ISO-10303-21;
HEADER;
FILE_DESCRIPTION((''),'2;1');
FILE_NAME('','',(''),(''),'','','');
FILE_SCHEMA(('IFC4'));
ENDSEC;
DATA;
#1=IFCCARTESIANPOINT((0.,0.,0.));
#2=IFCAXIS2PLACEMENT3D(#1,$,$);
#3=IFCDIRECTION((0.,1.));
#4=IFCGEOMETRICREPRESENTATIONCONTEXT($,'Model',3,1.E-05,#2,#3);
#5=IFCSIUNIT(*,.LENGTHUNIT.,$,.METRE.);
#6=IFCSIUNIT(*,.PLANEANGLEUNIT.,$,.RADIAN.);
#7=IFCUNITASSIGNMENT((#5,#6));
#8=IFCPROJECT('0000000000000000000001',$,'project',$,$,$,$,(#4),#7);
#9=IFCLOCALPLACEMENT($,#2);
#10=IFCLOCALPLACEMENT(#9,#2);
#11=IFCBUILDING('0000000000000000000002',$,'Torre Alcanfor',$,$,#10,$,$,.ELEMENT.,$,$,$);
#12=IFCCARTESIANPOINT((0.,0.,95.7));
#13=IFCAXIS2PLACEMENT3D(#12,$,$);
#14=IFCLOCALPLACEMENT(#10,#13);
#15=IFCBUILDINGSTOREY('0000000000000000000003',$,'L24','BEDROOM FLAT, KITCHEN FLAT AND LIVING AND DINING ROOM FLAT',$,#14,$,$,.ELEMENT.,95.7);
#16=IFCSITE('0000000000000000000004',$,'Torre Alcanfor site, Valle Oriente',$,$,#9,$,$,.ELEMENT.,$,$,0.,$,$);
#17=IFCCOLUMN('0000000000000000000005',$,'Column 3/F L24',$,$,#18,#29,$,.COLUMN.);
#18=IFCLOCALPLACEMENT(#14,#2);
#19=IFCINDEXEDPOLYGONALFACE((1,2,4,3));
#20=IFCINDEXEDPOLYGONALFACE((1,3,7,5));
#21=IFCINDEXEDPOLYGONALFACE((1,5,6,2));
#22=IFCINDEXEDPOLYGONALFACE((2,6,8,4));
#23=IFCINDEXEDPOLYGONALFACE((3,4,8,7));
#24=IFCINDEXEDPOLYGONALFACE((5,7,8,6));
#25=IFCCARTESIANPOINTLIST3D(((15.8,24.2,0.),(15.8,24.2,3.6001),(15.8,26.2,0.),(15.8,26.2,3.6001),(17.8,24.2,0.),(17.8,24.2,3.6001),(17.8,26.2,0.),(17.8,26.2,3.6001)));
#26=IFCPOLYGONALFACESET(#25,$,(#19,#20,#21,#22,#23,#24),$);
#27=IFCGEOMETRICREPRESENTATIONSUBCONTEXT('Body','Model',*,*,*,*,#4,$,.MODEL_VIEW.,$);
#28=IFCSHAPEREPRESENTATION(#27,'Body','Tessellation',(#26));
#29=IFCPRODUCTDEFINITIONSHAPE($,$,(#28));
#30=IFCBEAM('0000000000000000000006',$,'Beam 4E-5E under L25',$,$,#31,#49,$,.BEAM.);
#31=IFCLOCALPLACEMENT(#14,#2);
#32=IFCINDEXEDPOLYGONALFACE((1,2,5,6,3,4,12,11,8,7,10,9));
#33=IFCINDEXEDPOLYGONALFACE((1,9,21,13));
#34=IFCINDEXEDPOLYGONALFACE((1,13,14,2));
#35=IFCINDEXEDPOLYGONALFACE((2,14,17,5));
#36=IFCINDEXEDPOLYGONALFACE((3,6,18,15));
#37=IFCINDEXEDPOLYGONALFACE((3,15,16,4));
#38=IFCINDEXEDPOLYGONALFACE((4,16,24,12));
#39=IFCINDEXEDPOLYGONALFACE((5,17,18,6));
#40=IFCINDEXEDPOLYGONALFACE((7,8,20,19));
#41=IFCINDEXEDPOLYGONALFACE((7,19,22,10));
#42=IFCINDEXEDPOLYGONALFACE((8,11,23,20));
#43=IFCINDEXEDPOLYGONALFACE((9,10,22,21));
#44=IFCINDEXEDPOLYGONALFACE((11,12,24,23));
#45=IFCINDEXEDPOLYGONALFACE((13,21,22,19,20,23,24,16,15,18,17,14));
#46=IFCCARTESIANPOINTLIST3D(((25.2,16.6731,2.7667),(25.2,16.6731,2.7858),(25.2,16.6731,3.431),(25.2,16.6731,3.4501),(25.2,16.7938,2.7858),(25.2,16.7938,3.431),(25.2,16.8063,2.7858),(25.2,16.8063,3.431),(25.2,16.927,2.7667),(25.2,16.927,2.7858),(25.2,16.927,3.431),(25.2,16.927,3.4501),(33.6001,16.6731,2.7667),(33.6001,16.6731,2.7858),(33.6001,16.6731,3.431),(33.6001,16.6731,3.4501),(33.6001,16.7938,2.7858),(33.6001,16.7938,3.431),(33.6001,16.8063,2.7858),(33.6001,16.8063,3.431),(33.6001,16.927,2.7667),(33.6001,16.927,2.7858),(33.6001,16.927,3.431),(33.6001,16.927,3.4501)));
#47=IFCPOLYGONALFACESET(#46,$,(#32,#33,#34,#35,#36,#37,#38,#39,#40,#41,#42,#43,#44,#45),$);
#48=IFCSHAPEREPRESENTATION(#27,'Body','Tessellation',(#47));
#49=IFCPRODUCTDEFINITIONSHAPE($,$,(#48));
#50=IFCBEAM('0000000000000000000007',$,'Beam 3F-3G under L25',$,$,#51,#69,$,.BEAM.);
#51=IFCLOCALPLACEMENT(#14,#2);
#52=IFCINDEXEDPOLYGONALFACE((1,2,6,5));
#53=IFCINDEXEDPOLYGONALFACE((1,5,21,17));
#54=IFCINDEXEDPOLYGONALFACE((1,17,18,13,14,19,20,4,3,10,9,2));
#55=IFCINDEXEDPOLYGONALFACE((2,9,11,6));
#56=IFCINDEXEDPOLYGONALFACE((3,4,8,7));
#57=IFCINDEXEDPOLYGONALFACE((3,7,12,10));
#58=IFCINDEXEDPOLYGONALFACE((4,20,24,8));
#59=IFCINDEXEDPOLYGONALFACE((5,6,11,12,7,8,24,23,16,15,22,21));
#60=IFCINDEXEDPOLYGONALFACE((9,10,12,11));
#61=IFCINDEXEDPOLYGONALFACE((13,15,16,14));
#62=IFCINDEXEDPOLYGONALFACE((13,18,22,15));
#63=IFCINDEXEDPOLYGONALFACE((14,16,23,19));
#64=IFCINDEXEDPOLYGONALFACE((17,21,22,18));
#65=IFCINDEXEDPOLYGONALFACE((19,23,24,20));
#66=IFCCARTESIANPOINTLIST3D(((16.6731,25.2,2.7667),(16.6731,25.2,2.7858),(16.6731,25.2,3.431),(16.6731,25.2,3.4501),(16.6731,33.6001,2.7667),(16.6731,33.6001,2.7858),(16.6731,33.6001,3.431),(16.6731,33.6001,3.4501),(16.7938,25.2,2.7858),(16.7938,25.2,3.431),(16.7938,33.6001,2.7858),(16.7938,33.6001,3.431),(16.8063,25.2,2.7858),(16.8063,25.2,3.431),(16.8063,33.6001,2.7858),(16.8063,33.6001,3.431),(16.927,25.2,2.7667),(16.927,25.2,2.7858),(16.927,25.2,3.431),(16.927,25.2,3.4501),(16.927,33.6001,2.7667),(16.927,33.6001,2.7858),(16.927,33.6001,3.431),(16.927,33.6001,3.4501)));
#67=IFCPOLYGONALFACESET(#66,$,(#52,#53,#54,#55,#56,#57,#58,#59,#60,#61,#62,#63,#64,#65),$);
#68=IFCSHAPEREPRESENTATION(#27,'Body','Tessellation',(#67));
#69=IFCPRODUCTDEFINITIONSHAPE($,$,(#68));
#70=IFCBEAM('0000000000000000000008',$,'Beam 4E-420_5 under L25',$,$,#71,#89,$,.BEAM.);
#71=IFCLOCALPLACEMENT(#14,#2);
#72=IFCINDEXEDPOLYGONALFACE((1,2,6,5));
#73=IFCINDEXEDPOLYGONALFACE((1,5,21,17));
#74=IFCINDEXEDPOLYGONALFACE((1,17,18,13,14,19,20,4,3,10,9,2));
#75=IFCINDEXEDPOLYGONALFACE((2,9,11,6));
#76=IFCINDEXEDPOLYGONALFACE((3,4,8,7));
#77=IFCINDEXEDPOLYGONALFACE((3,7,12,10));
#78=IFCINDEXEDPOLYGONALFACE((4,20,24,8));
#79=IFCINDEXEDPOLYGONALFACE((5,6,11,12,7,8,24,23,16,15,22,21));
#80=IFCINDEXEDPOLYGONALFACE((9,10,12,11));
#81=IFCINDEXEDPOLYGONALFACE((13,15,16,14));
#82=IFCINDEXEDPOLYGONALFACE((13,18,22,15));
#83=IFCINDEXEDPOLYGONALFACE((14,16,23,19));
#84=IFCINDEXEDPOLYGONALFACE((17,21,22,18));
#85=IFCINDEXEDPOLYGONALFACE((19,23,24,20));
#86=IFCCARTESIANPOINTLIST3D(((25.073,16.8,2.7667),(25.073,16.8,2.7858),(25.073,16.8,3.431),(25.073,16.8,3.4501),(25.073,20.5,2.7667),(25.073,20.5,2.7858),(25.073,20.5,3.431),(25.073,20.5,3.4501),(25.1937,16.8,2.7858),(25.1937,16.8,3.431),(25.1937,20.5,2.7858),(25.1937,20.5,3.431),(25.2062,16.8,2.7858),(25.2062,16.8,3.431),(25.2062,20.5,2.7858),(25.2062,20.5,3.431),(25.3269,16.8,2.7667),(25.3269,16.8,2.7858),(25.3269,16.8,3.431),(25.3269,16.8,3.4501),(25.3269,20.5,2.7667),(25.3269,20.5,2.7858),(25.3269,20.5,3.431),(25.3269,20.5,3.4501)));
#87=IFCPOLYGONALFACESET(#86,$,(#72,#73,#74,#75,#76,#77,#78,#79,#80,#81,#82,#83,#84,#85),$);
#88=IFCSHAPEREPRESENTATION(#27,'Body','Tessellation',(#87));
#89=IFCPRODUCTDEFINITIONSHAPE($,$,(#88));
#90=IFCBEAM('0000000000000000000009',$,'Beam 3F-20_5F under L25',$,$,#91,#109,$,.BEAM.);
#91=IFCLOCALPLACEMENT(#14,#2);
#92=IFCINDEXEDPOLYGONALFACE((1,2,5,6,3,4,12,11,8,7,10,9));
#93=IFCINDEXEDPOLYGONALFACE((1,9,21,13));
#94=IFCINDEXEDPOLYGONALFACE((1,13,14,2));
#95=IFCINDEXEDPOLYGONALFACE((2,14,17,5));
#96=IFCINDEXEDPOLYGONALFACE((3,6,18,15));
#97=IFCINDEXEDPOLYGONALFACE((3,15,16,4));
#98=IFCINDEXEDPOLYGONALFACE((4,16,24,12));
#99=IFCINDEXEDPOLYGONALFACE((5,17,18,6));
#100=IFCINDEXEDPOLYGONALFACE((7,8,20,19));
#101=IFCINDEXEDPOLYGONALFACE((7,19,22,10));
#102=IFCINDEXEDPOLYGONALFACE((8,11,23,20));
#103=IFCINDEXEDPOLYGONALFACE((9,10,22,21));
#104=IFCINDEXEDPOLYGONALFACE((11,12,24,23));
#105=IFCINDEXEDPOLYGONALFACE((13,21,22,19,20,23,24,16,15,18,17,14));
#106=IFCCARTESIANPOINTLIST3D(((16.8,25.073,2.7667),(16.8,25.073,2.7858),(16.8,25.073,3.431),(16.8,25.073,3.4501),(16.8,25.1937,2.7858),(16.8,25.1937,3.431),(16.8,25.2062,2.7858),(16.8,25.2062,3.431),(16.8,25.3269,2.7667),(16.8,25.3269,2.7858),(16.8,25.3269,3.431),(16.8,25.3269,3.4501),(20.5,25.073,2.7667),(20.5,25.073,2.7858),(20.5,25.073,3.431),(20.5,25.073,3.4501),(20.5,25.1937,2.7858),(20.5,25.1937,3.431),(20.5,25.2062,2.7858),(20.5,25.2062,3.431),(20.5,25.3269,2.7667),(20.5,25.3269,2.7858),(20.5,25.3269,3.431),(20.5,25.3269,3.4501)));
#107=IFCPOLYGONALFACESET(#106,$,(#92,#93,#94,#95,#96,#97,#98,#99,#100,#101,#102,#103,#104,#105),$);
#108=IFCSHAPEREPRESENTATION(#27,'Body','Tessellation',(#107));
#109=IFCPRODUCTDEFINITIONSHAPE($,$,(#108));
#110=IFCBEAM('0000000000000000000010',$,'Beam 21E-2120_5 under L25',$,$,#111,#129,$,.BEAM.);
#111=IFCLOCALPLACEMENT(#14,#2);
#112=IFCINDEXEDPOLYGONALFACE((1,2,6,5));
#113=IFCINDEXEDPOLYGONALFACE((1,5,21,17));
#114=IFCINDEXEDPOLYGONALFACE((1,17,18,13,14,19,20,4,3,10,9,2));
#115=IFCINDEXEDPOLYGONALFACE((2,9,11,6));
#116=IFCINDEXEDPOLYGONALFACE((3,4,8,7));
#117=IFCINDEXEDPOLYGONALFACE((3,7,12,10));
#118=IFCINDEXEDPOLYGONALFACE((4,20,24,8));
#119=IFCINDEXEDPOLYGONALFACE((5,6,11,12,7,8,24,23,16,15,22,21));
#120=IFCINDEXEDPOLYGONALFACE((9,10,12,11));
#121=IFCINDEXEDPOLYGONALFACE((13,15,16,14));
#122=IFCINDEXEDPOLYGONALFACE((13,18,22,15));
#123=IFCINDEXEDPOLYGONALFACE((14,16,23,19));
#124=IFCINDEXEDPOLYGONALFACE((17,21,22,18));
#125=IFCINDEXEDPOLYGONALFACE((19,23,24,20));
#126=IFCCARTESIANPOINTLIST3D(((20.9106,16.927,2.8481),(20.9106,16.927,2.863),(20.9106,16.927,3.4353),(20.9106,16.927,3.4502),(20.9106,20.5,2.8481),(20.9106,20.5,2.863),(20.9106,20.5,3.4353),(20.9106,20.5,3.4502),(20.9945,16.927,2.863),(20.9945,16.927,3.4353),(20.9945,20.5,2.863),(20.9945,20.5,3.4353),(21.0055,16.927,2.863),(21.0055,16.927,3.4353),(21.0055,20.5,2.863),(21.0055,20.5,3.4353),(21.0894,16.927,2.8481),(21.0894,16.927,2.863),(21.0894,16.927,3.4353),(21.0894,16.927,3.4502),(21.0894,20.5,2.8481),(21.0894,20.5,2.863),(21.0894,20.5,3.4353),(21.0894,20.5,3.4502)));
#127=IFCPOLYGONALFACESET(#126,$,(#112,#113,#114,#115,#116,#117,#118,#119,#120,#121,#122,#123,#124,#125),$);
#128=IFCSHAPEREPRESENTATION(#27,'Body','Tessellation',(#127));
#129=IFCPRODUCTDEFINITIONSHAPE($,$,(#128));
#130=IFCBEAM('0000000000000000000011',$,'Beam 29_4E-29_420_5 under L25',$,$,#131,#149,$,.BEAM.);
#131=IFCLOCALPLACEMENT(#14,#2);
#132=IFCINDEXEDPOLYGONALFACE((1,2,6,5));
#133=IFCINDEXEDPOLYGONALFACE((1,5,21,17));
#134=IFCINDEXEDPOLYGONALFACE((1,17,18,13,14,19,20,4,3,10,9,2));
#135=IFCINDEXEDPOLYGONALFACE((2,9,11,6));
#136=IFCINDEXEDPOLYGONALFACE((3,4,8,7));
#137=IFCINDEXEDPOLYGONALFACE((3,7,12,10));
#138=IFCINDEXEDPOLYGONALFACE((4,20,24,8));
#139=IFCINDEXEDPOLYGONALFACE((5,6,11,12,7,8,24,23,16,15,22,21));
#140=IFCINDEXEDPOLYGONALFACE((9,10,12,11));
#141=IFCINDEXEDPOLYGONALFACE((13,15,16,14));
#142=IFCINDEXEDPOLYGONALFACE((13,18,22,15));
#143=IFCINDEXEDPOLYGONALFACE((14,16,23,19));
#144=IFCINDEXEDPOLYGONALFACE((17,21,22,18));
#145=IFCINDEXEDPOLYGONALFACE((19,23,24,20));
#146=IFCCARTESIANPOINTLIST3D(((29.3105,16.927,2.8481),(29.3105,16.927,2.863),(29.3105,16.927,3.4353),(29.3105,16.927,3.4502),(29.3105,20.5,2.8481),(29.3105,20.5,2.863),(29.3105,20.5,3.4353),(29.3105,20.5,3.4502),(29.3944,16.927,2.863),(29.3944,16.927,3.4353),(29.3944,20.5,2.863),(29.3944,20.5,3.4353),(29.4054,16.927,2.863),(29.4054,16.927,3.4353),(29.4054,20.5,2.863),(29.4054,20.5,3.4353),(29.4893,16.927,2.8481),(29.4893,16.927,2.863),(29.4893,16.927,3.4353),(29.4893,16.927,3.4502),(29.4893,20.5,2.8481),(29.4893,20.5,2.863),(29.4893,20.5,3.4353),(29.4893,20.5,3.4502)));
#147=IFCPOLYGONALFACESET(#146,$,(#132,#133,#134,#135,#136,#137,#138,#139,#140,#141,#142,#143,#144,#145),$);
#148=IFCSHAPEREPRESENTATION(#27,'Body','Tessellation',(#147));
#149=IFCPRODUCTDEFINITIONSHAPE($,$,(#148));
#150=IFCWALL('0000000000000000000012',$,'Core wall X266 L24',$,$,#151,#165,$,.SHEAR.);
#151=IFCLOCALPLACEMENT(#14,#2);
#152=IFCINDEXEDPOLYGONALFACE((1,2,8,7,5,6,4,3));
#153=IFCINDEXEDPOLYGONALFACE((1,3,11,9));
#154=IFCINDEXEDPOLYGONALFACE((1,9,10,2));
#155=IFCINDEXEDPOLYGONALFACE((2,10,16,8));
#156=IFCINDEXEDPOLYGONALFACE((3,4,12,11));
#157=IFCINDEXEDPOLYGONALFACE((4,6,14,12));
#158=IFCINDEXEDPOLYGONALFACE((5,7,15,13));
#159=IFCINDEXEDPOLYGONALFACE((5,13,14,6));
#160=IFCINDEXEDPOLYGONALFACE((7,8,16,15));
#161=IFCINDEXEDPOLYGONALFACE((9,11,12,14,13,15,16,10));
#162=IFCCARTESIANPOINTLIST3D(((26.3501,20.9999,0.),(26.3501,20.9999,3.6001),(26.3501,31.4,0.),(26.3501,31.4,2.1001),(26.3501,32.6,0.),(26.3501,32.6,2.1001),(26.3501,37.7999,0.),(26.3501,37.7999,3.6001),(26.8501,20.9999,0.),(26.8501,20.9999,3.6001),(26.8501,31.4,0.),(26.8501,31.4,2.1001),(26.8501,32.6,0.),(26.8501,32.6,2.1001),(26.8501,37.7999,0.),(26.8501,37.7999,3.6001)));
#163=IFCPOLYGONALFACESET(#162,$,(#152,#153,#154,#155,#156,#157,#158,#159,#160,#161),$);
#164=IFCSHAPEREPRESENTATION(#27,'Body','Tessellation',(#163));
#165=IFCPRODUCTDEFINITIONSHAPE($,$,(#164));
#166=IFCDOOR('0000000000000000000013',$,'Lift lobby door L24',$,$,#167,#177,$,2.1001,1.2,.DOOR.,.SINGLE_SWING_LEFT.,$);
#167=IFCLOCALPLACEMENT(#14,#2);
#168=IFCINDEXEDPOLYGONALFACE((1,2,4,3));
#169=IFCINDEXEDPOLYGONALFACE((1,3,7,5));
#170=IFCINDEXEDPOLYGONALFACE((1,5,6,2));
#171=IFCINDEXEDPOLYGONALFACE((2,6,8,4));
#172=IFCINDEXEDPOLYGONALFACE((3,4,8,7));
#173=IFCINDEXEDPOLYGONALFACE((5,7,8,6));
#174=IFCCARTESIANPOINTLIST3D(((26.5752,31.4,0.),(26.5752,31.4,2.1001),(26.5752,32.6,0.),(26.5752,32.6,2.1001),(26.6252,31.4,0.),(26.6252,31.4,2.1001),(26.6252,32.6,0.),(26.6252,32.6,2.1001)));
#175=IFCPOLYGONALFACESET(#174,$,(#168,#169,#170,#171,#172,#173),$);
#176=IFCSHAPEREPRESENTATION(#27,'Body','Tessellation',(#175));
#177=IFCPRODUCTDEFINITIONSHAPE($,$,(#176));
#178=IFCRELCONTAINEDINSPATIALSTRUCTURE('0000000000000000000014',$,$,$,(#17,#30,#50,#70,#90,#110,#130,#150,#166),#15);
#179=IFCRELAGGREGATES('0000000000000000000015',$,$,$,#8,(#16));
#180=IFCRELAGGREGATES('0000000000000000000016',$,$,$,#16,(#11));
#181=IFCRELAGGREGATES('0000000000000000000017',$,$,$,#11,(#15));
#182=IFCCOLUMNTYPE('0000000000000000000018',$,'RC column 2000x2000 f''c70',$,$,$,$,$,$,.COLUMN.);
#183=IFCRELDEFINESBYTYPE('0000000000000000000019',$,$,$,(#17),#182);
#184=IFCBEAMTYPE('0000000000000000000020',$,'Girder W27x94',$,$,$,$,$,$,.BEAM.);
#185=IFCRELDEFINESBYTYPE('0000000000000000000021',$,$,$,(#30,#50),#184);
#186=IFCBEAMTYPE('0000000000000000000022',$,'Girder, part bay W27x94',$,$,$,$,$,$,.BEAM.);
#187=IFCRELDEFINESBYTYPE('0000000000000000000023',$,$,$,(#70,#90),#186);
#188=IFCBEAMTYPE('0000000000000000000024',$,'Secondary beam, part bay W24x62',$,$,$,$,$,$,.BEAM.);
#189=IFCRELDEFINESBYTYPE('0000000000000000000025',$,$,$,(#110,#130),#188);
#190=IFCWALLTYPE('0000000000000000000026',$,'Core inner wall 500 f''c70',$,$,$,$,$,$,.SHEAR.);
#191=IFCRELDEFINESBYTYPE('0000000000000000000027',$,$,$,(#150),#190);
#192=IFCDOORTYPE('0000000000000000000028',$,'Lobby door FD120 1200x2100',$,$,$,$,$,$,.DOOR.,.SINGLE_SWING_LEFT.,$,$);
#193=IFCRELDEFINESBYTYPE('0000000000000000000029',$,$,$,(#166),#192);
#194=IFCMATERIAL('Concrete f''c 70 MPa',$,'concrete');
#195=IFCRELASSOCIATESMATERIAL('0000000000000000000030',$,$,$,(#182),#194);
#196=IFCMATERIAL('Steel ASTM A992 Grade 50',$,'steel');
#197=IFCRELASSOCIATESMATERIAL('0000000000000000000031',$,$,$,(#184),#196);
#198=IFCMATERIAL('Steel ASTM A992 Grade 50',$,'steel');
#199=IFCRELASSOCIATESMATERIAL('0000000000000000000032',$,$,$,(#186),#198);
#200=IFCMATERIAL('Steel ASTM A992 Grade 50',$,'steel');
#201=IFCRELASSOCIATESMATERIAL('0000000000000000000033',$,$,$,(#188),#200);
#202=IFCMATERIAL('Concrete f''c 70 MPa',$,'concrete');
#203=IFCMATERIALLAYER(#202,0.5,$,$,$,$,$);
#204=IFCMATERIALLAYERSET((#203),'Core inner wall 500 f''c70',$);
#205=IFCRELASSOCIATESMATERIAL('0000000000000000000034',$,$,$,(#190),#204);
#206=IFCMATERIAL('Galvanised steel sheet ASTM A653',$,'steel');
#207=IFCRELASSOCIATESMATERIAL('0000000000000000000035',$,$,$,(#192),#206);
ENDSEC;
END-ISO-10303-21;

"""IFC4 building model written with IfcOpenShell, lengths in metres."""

from ifc_helpers import new_model, si_unit, direction, frame, frame_2d, origin, origin_2d, place, context, subcontext, project, spatial, rectangle, i_section, extrude, material, layer, layer_set, material_profile, profile_set, type_object, element, fill, save


model = new_model("IFC4")

# Units and contexts
model_context = context("Model", 3, precision=1e-05, world=origin(), true_north=direction((0.0, 1.0)))
body_context = subcontext(model_context, "Body", "Model", "MODEL_VIEW")
ifc_project = project(units=[si_unit("LENGTHUNIT", "METRE"), si_unit("PLANEANGLEUNIT", "RADIAN")], contexts=[model_context])

# Site, building, storey
site_placement = place(None, origin())
site = spatial("IfcSite", under=ifc_project, at=site_placement, Name="Torre Alcanfor site, Valle Oriente", CompositionType="ELEMENT", RefElevation=0.0)
building_placement = place(site_placement, origin())
building = spatial("IfcBuilding", under=site, at=building_placement, Name="Torre Alcanfor", CompositionType="ELEMENT")
storey_placement = place(building_placement, frame((0.0, 0.0, 95.7)))
storey = spatial("IfcBuildingStorey", under=building, at=storey_placement, Name="L24", Description="BEDROOM FLAT, KITCHEN FLAT AND LIVING AND DINING ROOM FLAT", CompositionType="ELEMENT", Elevation=95.7)

# Column
ifc_material_1 = material(Name="Concrete f'c 70 MPa", Category="concrete")
ifc_material_profile_1 = material_profile(ifc_material_1, rectangle(XDim=2.0, YDim=2.0, at=origin_2d()), Name="2000x2000")
ifc_profile_set_1 = profile_set([ifc_material_profile_1], Name="Concrete f'c 70 MPa")
column_type = type_object("IfcColumnType", Name="RC column 2000x2000 f'c70", PredefinedType="COLUMN", material=ifc_profile_set_1)
column_placement = place(storey_placement, frame((16.8, 25.2, 0.0), z_axis=(0.0, 0.0, 1.0), x_axis=(1.0, 0.0, 0.0)))
element("IfcColumn", 1, at=column_placement, inside=storey, type_object=column_type, Name="Column 3/F L24", PredefinedType="COLUMN", context=body_context, shape_type="SweptSolid", body=[
    extrude(rectangle(XDim=2.0, YDim=2.0, at=origin_2d()), origin(), (0.0, 0.0, 1.0), 3.6001),
])

# Beams
ifc_material_2 = material(Name="Steel ASTM A992 Grade 50", Category="steel")
ifc_material_profile_2 = material_profile(ifc_material_2, i_section(OverallWidth=0.2539, OverallDepth=0.6833, WebThickness=0.0125, FlangeThickness=0.019, at=origin_2d()), Name="W27x94")
ifc_profile_set_2 = profile_set([ifc_material_profile_2], Name="Steel ASTM A992 Grade 50")
beam_type_1 = type_object("IfcBeamType", Name="Girder W27x94", PredefinedType="BEAM", material=ifc_profile_set_2)
for number, where, z_axis, x_axis, name in (
    (2, (25.2, 16.8, 3.1084), (1.0, 0.0, 0.0), (0.0, 1.0, 0.0), "Beam 4E-5E under L25"),
    (3, (16.8, 25.2, 3.1084), (0.0, 1.0, 0.0), (-1.0, 0.0, 0.0), "Beam 3F-3G under L25"),
):
    element("IfcBeam", number, at=place(storey_placement, frame(where, z_axis=z_axis, x_axis=x_axis)), inside=storey, type_object=beam_type_1, Name=name, PredefinedType="BEAM", context=body_context, shape_type="SweptSolid", body=[
        extrude(i_section(OverallWidth=0.2539, OverallDepth=0.6833, WebThickness=0.0125, FlangeThickness=0.019, at=origin_2d()), origin(), (0.0, 0.0, 1.0), 8.4001),
    ])
ifc_material_3 = material(Name="Steel ASTM A992 Grade 50", Category="steel")
ifc_material_profile_3 = material_profile(ifc_material_3, i_section(OverallWidth=0.2539, OverallDepth=0.6833, WebThickness=0.0125, FlangeThickness=0.019, at=origin_2d()), Name="W27x94")
ifc_profile_set_3 = profile_set([ifc_material_profile_3], Name="Steel ASTM A992 Grade 50")
beam_type_2 = type_object("IfcBeamType", Name="Girder, part bay W27x94", PredefinedType="BEAM", material=ifc_profile_set_3)
for number, where, z_axis, x_axis, name in (
    (4, (25.2, 16.8, 3.1084), (0.0, 1.0, 0.0), (-1.0, 0.0, 0.0), "Beam 4E-420_5 under L25"),
    (5, (16.8, 25.2, 3.1084), (1.0, 0.0, 0.0), (0.0, 1.0, 0.0), "Beam 3F-20_5F under L25"),
):
    element("IfcBeam", number, at=place(storey_placement, frame(where, z_axis=z_axis, x_axis=x_axis)), inside=storey, type_object=beam_type_2, Name=name, PredefinedType="BEAM", context=body_context, shape_type="SweptSolid", body=[
        extrude(i_section(OverallWidth=0.2539, OverallDepth=0.6833, WebThickness=0.0125, FlangeThickness=0.019, at=origin_2d()), origin(), (0.0, 0.0, 1.0), 3.7),
    ])
ifc_material_4 = material(Name="Steel ASTM A992 Grade 50", Category="steel")
ifc_material_profile_4 = material_profile(ifc_material_4, i_section(OverallWidth=0.1787, OverallDepth=0.6021, WebThickness=0.011, FlangeThickness=0.0149, at=origin_2d()), Name="W24x62")
ifc_profile_set_4 = profile_set([ifc_material_profile_4], Name="Steel ASTM A992 Grade 50")
beam_type_3 = type_object("IfcBeamType", Name="Secondary beam, part bay W24x62", PredefinedType="BEAM", material=ifc_profile_set_4)
for number, where, z_axis, x_axis, name in (
    (6, (21.0, 16.927, 3.1492), (0.0, 1.0, 0.0), (-1.0, 0.0, 0.0), "Beam 21E-2120_5 under L25"),
    (7, (29.3999, 16.927, 3.1492), (0.0, 1.0, 0.0), (-1.0, 0.0, 0.0), "Beam 29_4E-29_420_5 under L25"),
):
    element("IfcBeam", number, at=place(storey_placement, frame(where, z_axis=z_axis, x_axis=x_axis)), inside=storey, type_object=beam_type_3, Name=name, PredefinedType="BEAM", context=body_context, shape_type="SweptSolid", body=[
        extrude(i_section(OverallWidth=0.1787, OverallDepth=0.6021, WebThickness=0.011, FlangeThickness=0.0149, at=origin_2d()), origin(), (0.0, 0.0, 1.0), 3.573),
    ])

# Wall, opening, door
ifc_material_5 = material(Name="Concrete f'c 70 MPa", Category="concrete")
ifc_layer_1 = layer(ifc_material_5, 0.5)
ifc_layer_set_1 = layer_set([ifc_layer_1], Name="Core inner wall 500 f'c70")
wall_type_1 = type_object("IfcWallType", Name="Core inner wall 500 f'c70", PredefinedType="SHEAR", material=ifc_layer_set_1)
wall_1_placement = place(storey_placement, frame((26.6001, 21.0, 0.0), z_axis=(0.0, 0.0, 1.0), x_axis=(0.0, 1.0, 0.0)))
wall_1 = element("IfcWall", 8, at=wall_1_placement, inside=storey, type_object=wall_type_1, Name="Core wall X266 L24", PredefinedType="SHEAR", context=body_context, shape_type="SweptSolid", body=[
    extrude(rectangle(XDim=16.8, YDim=0.5, at=frame_2d((8.3999, 0.0))), origin(), (0.0, 0.0, 1.0), 3.6001),
])
opening_1_placement = place(wall_1_placement, frame((10.3999, 0.0, 0.0)))
opening_1 = element("IfcOpeningElement", 9, at=opening_1_placement, cuts=wall_1, PredefinedType="OPENING", context=body_context, shape_type="SweptSolid", body=[
    extrude(rectangle(XDim=1.2, YDim=2.1001, at=frame_2d((0.6001, 1.05))), frame((0.0, 0.26, 0.0), z_axis=(0.0, -1.0, 0.0), x_axis=(1.0, 0.0, 0.0)), (0.0, 0.0, 1.0), 0.52),
])
ifc_material_6 = material(Name="Galvanised steel sheet ASTM A653", Category="steel")
door_type_1 = type_object("IfcDoorType", Name="Lobby door FD120 1200x2100", OperationType="SINGLE_SWING_LEFT", PredefinedType="DOOR", material=ifc_material_6)
door_1_placement = place(opening_1_placement, origin())
door_1 = element("IfcDoor", 10, at=door_1_placement, inside=storey, type_object=door_type_1, Name="Lift lobby door L24", OperationType="SINGLE_SWING_LEFT", OverallHeight=2.1001, OverallWidth=1.2, PredefinedType="DOOR", context=body_context, shape_type="SweptSolid", body=[
    extrude(rectangle(XDim=1.2, YDim=2.1001, at=frame_2d((0.6001, 1.05))), frame((0.0, 0.0249, 0.0), z_axis=(0.0, -1.0, 0.0), x_axis=(1.0, 0.0, 0.0)), (0.0, 0.0, 1.0), 0.05),
])
fill(opening_1, door_1)

save(model, "model.ifc")
